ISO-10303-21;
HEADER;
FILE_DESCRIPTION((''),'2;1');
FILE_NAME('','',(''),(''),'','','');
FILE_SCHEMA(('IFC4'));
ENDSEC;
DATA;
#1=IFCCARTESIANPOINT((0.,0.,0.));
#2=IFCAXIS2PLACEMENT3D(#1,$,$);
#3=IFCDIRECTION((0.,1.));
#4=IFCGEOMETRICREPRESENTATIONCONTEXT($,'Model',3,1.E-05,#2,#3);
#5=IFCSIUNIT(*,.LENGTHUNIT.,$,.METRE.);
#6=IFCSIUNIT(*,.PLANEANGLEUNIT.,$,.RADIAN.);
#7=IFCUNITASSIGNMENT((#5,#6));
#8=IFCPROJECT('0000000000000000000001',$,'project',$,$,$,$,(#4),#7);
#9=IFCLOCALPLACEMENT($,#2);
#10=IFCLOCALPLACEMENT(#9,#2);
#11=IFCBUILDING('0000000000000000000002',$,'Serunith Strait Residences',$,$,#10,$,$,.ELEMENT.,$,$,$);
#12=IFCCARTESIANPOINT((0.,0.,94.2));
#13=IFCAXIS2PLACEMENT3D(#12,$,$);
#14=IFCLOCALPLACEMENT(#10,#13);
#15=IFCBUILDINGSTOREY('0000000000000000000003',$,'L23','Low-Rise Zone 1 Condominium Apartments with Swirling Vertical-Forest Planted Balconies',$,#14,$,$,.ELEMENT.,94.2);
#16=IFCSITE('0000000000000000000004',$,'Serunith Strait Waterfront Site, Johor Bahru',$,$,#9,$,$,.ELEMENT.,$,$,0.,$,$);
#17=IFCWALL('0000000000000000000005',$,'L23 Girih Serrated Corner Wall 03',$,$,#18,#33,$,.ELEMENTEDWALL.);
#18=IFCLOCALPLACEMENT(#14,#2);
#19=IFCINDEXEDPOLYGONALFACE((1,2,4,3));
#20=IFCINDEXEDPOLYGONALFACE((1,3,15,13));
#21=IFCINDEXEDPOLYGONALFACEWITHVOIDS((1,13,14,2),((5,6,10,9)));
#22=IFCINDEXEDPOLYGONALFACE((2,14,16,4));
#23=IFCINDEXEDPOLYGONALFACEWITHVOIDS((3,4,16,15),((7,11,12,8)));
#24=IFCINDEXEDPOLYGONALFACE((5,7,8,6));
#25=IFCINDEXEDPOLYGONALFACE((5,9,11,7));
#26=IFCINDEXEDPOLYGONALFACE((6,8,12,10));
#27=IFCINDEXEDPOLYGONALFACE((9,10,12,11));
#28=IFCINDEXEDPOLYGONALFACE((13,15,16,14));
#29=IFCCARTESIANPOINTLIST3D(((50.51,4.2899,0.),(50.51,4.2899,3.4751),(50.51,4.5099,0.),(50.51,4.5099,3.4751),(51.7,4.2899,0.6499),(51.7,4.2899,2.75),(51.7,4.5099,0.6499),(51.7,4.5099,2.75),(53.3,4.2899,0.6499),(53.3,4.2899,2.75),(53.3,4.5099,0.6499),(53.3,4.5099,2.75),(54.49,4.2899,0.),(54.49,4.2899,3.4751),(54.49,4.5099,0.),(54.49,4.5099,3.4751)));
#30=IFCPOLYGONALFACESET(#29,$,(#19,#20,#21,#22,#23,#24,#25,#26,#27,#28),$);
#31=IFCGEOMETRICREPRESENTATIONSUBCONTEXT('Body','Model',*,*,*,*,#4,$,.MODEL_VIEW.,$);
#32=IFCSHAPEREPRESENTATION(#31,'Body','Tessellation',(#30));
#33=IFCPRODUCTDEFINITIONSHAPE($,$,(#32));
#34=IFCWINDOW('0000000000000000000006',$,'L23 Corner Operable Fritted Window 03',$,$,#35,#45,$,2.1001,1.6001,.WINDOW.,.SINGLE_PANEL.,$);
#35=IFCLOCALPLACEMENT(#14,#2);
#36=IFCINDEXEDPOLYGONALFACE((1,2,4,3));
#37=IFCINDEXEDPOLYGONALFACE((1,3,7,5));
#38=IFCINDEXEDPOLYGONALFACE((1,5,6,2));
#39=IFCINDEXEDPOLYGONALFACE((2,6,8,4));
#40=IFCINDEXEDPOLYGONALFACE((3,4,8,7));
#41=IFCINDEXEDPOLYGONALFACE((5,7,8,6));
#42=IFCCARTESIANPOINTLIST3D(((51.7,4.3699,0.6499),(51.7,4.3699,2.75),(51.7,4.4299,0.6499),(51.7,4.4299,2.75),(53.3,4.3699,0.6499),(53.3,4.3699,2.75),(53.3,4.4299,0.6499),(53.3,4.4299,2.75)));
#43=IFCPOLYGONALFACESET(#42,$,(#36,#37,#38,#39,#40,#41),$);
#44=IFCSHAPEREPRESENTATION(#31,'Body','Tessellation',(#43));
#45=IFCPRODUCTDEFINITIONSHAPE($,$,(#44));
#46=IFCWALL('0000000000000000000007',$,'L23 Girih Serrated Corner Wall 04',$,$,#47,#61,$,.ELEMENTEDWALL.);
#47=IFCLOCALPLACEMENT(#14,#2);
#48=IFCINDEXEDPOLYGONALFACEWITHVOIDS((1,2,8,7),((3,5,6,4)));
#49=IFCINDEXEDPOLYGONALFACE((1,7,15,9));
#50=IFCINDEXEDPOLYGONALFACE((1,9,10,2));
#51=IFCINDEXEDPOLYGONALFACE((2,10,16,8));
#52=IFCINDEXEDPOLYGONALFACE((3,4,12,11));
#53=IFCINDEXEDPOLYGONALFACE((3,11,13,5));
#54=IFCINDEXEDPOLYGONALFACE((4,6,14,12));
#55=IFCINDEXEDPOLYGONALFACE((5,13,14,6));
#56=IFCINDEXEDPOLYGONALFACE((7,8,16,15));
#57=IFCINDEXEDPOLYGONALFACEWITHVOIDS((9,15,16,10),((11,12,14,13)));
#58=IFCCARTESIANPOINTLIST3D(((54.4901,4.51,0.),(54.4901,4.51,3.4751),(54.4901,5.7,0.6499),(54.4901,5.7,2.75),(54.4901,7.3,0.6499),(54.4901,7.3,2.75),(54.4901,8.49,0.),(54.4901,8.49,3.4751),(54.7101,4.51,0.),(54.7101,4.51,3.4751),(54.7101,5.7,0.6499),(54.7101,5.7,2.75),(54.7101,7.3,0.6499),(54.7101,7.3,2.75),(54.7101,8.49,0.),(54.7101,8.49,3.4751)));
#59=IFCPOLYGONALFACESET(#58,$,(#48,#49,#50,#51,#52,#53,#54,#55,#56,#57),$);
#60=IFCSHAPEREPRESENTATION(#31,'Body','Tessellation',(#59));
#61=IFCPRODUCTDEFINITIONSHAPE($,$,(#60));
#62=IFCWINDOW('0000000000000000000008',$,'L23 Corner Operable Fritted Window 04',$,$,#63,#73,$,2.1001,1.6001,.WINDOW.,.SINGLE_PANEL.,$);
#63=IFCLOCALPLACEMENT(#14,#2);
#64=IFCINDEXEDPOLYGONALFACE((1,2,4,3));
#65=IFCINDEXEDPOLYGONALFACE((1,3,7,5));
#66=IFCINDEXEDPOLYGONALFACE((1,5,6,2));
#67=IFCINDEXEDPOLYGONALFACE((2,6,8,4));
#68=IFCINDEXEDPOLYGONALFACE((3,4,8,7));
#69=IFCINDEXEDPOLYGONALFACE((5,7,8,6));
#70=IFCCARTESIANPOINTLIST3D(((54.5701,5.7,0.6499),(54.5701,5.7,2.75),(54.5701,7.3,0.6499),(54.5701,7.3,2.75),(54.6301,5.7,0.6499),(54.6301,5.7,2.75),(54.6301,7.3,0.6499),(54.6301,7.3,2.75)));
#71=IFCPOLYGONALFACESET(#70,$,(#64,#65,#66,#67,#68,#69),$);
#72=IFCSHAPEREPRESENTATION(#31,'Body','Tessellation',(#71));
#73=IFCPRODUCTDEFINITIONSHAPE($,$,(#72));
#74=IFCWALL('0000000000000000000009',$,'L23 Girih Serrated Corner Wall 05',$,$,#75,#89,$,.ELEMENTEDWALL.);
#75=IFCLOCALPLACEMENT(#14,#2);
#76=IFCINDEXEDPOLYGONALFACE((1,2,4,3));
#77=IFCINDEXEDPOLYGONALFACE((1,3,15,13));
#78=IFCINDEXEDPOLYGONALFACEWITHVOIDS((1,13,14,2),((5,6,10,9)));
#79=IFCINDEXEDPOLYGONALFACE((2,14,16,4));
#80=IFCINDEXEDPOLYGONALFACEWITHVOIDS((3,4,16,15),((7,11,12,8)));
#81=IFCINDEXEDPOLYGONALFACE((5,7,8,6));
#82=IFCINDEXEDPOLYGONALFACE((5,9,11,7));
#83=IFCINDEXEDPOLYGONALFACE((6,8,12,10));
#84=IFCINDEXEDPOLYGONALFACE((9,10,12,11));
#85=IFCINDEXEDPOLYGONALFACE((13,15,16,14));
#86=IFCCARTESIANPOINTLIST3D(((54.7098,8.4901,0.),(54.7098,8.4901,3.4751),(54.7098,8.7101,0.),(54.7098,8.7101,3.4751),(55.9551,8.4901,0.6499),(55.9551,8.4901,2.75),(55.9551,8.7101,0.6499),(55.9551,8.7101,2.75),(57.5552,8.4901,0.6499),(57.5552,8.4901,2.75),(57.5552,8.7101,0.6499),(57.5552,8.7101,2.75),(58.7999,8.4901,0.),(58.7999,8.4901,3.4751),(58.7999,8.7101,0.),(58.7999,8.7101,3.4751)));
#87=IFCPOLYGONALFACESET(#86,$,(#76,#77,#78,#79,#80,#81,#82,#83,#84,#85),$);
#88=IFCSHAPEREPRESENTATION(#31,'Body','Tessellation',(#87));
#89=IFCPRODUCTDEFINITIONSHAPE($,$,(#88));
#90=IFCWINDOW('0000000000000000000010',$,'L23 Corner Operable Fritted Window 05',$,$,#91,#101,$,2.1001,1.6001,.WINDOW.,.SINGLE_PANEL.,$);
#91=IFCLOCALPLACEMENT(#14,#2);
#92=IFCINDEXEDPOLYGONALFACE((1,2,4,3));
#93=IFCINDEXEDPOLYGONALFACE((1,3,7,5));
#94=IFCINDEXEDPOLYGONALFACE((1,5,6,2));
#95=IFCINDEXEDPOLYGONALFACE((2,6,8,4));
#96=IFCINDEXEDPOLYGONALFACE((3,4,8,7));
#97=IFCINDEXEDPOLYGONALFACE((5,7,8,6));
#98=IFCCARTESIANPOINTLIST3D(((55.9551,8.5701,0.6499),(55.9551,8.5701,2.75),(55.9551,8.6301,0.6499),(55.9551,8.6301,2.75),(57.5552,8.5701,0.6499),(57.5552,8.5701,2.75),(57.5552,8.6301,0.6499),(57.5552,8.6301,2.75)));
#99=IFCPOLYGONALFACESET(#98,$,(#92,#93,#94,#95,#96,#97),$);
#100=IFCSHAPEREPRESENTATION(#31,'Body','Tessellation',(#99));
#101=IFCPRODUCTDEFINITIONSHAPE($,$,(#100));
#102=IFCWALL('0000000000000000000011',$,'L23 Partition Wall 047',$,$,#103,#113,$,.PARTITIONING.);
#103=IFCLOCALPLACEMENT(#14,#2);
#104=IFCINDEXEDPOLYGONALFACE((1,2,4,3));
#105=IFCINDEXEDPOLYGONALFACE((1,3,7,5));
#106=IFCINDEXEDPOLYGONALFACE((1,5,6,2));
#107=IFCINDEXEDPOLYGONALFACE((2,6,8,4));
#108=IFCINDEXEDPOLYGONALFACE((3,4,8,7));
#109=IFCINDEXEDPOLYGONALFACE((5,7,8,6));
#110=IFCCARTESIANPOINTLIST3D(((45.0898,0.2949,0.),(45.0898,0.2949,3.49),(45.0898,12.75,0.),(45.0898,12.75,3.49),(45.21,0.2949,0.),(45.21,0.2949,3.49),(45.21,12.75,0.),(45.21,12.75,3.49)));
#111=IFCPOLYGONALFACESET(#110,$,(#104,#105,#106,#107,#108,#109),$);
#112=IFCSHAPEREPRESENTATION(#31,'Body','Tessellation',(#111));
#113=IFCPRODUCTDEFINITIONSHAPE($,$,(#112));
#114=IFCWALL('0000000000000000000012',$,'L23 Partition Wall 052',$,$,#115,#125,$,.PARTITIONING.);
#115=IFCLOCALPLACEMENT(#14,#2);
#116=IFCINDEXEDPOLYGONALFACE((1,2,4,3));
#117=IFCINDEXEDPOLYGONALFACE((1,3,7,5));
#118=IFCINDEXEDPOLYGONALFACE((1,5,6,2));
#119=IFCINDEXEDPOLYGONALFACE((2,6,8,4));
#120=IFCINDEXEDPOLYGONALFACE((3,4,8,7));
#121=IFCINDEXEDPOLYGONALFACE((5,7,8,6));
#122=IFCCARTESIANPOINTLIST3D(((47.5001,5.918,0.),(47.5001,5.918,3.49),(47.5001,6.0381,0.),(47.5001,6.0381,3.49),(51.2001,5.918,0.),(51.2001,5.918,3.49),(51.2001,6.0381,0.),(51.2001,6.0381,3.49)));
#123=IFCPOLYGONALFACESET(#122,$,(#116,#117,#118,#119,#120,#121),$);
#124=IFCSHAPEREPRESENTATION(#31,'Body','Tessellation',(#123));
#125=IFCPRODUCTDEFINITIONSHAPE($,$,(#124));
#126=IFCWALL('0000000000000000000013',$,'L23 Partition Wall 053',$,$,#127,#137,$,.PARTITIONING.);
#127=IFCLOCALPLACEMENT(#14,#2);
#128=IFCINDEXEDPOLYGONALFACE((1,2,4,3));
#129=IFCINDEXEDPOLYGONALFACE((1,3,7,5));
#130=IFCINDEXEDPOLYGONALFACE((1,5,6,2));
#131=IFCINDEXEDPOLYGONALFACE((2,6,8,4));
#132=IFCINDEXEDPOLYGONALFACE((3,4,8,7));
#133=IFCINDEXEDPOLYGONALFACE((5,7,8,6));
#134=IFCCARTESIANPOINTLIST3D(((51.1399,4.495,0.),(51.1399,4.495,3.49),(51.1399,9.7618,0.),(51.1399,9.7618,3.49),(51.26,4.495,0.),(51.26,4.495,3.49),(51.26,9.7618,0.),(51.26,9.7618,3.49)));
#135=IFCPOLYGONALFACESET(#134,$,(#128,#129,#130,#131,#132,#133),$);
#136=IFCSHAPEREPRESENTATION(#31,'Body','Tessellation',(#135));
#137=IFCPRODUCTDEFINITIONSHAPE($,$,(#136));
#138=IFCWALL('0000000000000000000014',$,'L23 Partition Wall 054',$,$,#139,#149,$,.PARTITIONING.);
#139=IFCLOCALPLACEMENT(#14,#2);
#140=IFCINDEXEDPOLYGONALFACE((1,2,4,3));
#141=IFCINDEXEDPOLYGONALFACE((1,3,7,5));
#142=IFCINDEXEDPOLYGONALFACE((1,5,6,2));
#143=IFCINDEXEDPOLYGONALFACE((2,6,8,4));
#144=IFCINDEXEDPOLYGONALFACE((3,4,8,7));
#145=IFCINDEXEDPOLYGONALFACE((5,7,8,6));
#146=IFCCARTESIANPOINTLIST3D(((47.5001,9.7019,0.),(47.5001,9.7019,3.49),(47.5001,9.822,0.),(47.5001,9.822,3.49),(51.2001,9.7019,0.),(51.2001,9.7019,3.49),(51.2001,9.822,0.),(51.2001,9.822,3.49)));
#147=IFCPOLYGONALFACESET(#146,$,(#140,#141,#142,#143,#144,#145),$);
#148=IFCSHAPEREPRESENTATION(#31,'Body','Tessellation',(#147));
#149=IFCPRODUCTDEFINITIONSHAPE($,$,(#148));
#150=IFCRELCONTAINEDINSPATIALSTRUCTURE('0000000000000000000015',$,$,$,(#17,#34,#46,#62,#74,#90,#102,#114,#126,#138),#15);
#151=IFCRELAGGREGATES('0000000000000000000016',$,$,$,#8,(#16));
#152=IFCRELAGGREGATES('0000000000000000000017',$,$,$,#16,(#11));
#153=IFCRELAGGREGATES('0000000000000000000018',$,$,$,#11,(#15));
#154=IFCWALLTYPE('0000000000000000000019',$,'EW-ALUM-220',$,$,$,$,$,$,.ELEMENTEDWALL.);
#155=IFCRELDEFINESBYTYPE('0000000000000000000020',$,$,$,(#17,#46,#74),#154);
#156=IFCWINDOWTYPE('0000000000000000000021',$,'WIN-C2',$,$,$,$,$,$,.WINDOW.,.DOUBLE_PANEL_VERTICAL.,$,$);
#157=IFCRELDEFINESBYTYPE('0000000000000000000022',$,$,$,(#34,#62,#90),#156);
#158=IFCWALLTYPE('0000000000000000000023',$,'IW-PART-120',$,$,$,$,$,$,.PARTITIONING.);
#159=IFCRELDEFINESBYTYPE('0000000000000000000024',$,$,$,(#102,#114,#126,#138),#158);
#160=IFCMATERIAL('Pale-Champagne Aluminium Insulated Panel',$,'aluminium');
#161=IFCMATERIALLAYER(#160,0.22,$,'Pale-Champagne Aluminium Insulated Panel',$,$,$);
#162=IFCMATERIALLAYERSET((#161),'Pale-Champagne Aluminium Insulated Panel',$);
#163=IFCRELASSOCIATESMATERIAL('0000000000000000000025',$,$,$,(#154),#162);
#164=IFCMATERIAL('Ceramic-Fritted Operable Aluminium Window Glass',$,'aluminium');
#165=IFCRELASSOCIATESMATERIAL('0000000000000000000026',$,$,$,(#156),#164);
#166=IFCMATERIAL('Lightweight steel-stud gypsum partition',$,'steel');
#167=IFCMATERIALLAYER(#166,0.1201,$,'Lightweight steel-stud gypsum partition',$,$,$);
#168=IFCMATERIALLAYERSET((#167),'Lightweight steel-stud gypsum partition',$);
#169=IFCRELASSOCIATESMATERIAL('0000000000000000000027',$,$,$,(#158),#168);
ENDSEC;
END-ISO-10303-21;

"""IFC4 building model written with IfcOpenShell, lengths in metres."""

from ifc_helpers import new_model, si_unit, direction, frame, frame_2d, origin, place, context, subcontext, project, spatial, rectangle, extrude, source, transform, mapped, material, layer, layer_set, type_object, element, fill, save


model = new_model("IFC4")

# Units and contexts
model_context = context("Model", 3, precision=1e-05, world=origin(), true_north=direction((0.0, 1.0)))
body_context = subcontext(model_context, "Body", "Model", "MODEL_VIEW")
ifc_project = project(units=[si_unit("LENGTHUNIT", "METRE"), si_unit("PLANEANGLEUNIT", "RADIAN")], contexts=[model_context])

# Site, building, storey
site_placement = place(None, origin())
site = spatial("IfcSite", under=ifc_project, at=site_placement, Name="Serunith Strait Waterfront Site, Johor Bahru", CompositionType="ELEMENT", RefElevation=0.0)
building_placement = place(site_placement, origin())
building = spatial("IfcBuilding", under=site, at=building_placement, Name="Serunith Strait Residences", CompositionType="ELEMENT")
storey_placement = place(building_placement, frame((0.0, 0.0, 94.2)))
storey = spatial("IfcBuildingStorey", under=building, at=storey_placement, Name="L23", Description="Low-Rise Zone 1 Condominium Apartments with Swirling Vertical-Forest Planted Balconies", CompositionType="ELEMENT", Elevation=94.2)

# Walls, openings, windows
ifc_material_1 = material(Name="Pale-Champagne Aluminium Insulated Panel", Category="aluminium")
ifc_layer_1 = layer(ifc_material_1, 0.22, Name="Pale-Champagne Aluminium Insulated Panel")
ifc_layer_set_1 = layer_set([ifc_layer_1], Name="Pale-Champagne Aluminium Insulated Panel")
wall_type_1 = type_object("IfcWallType", Name="EW-ALUM-220", PredefinedType="ELEMENTEDWALL", material=ifc_layer_set_1)
ifc_material_2 = material(Name="Ceramic-Fritted Operable Aluminium Window Glass", Category="aluminium")
window_type = type_object("IfcWindowType", Name="WIN-C2", PartitioningType="DOUBLE_PANEL_VERTICAL", PredefinedType="WINDOW", material=ifc_material_2)
shared_shape_1 = source(origin(), body_context, "Body", "SweptSolid", [
    extrude(rectangle(XDim=1.6001, YDim=2.1001, at=frame_2d((0.8, 1.05))), frame((0.0, 0.03, 0.0), z_axis=(0.0, -1.0, 0.0), x_axis=(1.0, 0.0, 0.0)), (0.0, 0.0, 1.0), 0.0601),
])
wall_1_placement = place(storey_placement, frame((50.51, 4.3999, 0.0), z_axis=(0.0, 0.0, 1.0), x_axis=(1.0, 0.0, 0.0)))
wall_1 = element("IfcWall", 1, at=wall_1_placement, inside=storey, type_object=wall_type_1, Name="L23 Girih Serrated Corner Wall 03", PredefinedType="ELEMENTEDWALL", context=body_context, shape_type="SweptSolid", body=[
    extrude(rectangle(XDim=3.98, YDim=0.22, at=frame_2d((1.99, 0.0))), origin(), (0.0, 0.0, 1.0), 3.4751),
])
opening_1_placement = place(wall_1_placement, frame((1.1899, 0.0, 0.6499)))
opening_1 = element("IfcOpeningElement", 2, at=opening_1_placement, cuts=wall_1, PredefinedType="OPENING", context=body_context, shape_type="SweptSolid", body=[
    extrude(rectangle(XDim=1.6001, YDim=2.1001, at=frame_2d((0.8, 1.05))), frame((0.0, 0.1201, 0.0), z_axis=(0.0, -1.0, 0.0), x_axis=(1.0, 0.0, 0.0)), (0.0, 0.0, 1.0), 0.24),
])
window_1_placement = place(opening_1_placement, origin())
window_1 = element("IfcWindow", 3, at=window_1_placement, inside=storey, type_object=window_type, Name="L23 Corner Operable Fritted Window 03", OverallHeight=2.1001, OverallWidth=1.6001, PartitioningType="SINGLE_PANEL", PredefinedType="WINDOW", context=body_context, shape_type="MappedRepresentation", body=[
    mapped(shared_shape_1, transform((0.0, 0.0, 0.0), scale=1.0)),
])
fill(opening_1, window_1)
wall_2_placement = place(storey_placement, frame((54.6001, 4.51, 0.0), z_axis=(0.0, 0.0, 1.0), x_axis=(0.0, 1.0, 0.0)))
wall_2 = element("IfcWall", 4, at=wall_2_placement, inside=storey, type_object=wall_type_1, Name="L23 Girih Serrated Corner Wall 04", PredefinedType="ELEMENTEDWALL", context=body_context, shape_type="SweptSolid", body=[
    extrude(rectangle(XDim=3.98, YDim=0.22, at=frame_2d((1.99, 0.0))), origin(), (0.0, 0.0, 1.0), 3.4751),
])
opening_2_placement = place(wall_2_placement, frame((1.1899, 0.0, 0.6499)))
opening_2 = element("IfcOpeningElement", 5, at=opening_2_placement, cuts=wall_2, PredefinedType="OPENING", context=body_context, shape_type="SweptSolid", body=[
    extrude(rectangle(XDim=1.6001, YDim=2.1001, at=frame_2d((0.8, 1.05))), frame((0.0, 0.1201, 0.0), z_axis=(0.0, -1.0, 0.0), x_axis=(1.0, 0.0, 0.0)), (0.0, 0.0, 1.0), 0.24),
])
window_2_placement = place(opening_2_placement, origin())
window_2 = element("IfcWindow", 6, at=window_2_placement, inside=storey, type_object=window_type, Name="L23 Corner Operable Fritted Window 04", OverallHeight=2.1001, OverallWidth=1.6001, PartitioningType="SINGLE_PANEL", PredefinedType="WINDOW", context=body_context, shape_type="MappedRepresentation", body=[
    mapped(shared_shape_1, transform((0.0, 0.0, 0.0), scale=1.0)),
])
fill(opening_2, window_2)
wall_3_placement = place(storey_placement, frame((54.71, 8.6001, 0.0), z_axis=(0.0, 0.0, 1.0), x_axis=(1.0, 0.0, 0.0)))
wall_3 = element("IfcWall", 7, at=wall_3_placement, inside=storey, type_object=wall_type_1, Name="L23 Girih Serrated Corner Wall 05", PredefinedType="ELEMENTEDWALL", context=body_context, shape_type="SweptSolid", body=[
    extrude(rectangle(XDim=4.0901, YDim=0.22, at=frame_2d((2.0449, 0.0))), origin(), (0.0, 0.0, 1.0), 3.4751),
])
opening_3_placement = place(wall_3_placement, frame((1.2451, 0.0, 0.6499)))
opening_3 = element("IfcOpeningElement", 8, at=opening_3_placement, cuts=wall_3, PredefinedType="OPENING", context=body_context, shape_type="SweptSolid", body=[
    extrude(rectangle(XDim=1.6001, YDim=2.1001, at=frame_2d((0.8, 1.05))), frame((0.0, 0.1201, 0.0), z_axis=(0.0, -1.0, 0.0), x_axis=(1.0, 0.0, 0.0)), (0.0, 0.0, 1.0), 0.24),
])
window_3_placement = place(opening_3_placement, origin())
window_3 = element("IfcWindow", 9, at=window_3_placement, inside=storey, type_object=window_type, Name="L23 Corner Operable Fritted Window 05", OverallHeight=2.1001, OverallWidth=1.6001, PartitioningType="SINGLE_PANEL", PredefinedType="WINDOW", context=body_context, shape_type="MappedRepresentation", body=[
    mapped(shared_shape_1, transform((0.0, 0.0, 0.0), scale=1.0)),
])
fill(opening_3, window_3)

# Walls
ifc_material_3 = material(Name="Lightweight steel-stud gypsum partition", Category="steel")
ifc_layer_2 = layer(ifc_material_3, 0.1201, Name="Lightweight steel-stud gypsum partition")
ifc_layer_set_2 = layer_set([ifc_layer_2], Name="Lightweight steel-stud gypsum partition")
wall_type_2 = type_object("IfcWallType", Name="IW-PART-120", PredefinedType="PARTITIONING", material=ifc_layer_set_2)
wall_4_placement = place(storey_placement, frame((45.1499, 0.2949, 0.0), z_axis=(0.0, 0.0, 1.0), x_axis=(0.0, 1.0, 0.0)))
element("IfcWall", 10, at=wall_4_placement, inside=storey, type_object=wall_type_2, Name="L23 Partition Wall 047", PredefinedType="PARTITIONING", context=body_context, shape_type="SweptSolid", body=[
    extrude(rectangle(XDim=12.4551, YDim=0.1201, at=frame_2d((6.2275, 0.0))), origin(), (0.0, 0.0, 1.0), 3.49),
])
wall_5_placement = place(storey_placement, frame((47.5, 5.978, 0.0), z_axis=(0.0, 0.0, 1.0), x_axis=(1.0, 0.0, 0.0)))
element("IfcWall", 11, at=wall_5_placement, inside=storey, type_object=wall_type_2, Name="L23 Partition Wall 052", PredefinedType="PARTITIONING", context=body_context, shape_type="SweptSolid", body=[
    extrude(rectangle(XDim=3.7, YDim=0.1201, at=frame_2d((1.8501, 0.0))), origin(), (0.0, 0.0, 1.0), 3.49),
])
wall_6_placement = place(storey_placement, frame((51.2, 4.4951, 0.0), z_axis=(0.0, 0.0, 1.0), x_axis=(0.0, 1.0, 0.0)))
element("IfcWall", 12, at=wall_6_placement, inside=storey, type_object=wall_type_2, Name="L23 Partition Wall 053", PredefinedType="PARTITIONING", context=body_context, shape_type="SweptSolid", body=[
    extrude(rectangle(XDim=5.2668, YDim=0.1201, at=frame_2d((2.6333, 0.0))), origin(), (0.0, 0.0, 1.0), 3.49),
])
wall_7_placement = place(storey_placement, frame((47.5, 9.762, 0.0), z_axis=(0.0, 0.0, 1.0), x_axis=(1.0, 0.0, 0.0)))
element("IfcWall", 13, at=wall_7_placement, inside=storey, type_object=wall_type_2, Name="L23 Partition Wall 054", PredefinedType="PARTITIONING", context=body_context, shape_type="SweptSolid", body=[
    extrude(rectangle(XDim=3.7, YDim=0.1201, at=frame_2d((1.8501, 0.0))), origin(), (0.0, 0.0, 1.0), 3.49),
])

save(model, "model.ifc")
